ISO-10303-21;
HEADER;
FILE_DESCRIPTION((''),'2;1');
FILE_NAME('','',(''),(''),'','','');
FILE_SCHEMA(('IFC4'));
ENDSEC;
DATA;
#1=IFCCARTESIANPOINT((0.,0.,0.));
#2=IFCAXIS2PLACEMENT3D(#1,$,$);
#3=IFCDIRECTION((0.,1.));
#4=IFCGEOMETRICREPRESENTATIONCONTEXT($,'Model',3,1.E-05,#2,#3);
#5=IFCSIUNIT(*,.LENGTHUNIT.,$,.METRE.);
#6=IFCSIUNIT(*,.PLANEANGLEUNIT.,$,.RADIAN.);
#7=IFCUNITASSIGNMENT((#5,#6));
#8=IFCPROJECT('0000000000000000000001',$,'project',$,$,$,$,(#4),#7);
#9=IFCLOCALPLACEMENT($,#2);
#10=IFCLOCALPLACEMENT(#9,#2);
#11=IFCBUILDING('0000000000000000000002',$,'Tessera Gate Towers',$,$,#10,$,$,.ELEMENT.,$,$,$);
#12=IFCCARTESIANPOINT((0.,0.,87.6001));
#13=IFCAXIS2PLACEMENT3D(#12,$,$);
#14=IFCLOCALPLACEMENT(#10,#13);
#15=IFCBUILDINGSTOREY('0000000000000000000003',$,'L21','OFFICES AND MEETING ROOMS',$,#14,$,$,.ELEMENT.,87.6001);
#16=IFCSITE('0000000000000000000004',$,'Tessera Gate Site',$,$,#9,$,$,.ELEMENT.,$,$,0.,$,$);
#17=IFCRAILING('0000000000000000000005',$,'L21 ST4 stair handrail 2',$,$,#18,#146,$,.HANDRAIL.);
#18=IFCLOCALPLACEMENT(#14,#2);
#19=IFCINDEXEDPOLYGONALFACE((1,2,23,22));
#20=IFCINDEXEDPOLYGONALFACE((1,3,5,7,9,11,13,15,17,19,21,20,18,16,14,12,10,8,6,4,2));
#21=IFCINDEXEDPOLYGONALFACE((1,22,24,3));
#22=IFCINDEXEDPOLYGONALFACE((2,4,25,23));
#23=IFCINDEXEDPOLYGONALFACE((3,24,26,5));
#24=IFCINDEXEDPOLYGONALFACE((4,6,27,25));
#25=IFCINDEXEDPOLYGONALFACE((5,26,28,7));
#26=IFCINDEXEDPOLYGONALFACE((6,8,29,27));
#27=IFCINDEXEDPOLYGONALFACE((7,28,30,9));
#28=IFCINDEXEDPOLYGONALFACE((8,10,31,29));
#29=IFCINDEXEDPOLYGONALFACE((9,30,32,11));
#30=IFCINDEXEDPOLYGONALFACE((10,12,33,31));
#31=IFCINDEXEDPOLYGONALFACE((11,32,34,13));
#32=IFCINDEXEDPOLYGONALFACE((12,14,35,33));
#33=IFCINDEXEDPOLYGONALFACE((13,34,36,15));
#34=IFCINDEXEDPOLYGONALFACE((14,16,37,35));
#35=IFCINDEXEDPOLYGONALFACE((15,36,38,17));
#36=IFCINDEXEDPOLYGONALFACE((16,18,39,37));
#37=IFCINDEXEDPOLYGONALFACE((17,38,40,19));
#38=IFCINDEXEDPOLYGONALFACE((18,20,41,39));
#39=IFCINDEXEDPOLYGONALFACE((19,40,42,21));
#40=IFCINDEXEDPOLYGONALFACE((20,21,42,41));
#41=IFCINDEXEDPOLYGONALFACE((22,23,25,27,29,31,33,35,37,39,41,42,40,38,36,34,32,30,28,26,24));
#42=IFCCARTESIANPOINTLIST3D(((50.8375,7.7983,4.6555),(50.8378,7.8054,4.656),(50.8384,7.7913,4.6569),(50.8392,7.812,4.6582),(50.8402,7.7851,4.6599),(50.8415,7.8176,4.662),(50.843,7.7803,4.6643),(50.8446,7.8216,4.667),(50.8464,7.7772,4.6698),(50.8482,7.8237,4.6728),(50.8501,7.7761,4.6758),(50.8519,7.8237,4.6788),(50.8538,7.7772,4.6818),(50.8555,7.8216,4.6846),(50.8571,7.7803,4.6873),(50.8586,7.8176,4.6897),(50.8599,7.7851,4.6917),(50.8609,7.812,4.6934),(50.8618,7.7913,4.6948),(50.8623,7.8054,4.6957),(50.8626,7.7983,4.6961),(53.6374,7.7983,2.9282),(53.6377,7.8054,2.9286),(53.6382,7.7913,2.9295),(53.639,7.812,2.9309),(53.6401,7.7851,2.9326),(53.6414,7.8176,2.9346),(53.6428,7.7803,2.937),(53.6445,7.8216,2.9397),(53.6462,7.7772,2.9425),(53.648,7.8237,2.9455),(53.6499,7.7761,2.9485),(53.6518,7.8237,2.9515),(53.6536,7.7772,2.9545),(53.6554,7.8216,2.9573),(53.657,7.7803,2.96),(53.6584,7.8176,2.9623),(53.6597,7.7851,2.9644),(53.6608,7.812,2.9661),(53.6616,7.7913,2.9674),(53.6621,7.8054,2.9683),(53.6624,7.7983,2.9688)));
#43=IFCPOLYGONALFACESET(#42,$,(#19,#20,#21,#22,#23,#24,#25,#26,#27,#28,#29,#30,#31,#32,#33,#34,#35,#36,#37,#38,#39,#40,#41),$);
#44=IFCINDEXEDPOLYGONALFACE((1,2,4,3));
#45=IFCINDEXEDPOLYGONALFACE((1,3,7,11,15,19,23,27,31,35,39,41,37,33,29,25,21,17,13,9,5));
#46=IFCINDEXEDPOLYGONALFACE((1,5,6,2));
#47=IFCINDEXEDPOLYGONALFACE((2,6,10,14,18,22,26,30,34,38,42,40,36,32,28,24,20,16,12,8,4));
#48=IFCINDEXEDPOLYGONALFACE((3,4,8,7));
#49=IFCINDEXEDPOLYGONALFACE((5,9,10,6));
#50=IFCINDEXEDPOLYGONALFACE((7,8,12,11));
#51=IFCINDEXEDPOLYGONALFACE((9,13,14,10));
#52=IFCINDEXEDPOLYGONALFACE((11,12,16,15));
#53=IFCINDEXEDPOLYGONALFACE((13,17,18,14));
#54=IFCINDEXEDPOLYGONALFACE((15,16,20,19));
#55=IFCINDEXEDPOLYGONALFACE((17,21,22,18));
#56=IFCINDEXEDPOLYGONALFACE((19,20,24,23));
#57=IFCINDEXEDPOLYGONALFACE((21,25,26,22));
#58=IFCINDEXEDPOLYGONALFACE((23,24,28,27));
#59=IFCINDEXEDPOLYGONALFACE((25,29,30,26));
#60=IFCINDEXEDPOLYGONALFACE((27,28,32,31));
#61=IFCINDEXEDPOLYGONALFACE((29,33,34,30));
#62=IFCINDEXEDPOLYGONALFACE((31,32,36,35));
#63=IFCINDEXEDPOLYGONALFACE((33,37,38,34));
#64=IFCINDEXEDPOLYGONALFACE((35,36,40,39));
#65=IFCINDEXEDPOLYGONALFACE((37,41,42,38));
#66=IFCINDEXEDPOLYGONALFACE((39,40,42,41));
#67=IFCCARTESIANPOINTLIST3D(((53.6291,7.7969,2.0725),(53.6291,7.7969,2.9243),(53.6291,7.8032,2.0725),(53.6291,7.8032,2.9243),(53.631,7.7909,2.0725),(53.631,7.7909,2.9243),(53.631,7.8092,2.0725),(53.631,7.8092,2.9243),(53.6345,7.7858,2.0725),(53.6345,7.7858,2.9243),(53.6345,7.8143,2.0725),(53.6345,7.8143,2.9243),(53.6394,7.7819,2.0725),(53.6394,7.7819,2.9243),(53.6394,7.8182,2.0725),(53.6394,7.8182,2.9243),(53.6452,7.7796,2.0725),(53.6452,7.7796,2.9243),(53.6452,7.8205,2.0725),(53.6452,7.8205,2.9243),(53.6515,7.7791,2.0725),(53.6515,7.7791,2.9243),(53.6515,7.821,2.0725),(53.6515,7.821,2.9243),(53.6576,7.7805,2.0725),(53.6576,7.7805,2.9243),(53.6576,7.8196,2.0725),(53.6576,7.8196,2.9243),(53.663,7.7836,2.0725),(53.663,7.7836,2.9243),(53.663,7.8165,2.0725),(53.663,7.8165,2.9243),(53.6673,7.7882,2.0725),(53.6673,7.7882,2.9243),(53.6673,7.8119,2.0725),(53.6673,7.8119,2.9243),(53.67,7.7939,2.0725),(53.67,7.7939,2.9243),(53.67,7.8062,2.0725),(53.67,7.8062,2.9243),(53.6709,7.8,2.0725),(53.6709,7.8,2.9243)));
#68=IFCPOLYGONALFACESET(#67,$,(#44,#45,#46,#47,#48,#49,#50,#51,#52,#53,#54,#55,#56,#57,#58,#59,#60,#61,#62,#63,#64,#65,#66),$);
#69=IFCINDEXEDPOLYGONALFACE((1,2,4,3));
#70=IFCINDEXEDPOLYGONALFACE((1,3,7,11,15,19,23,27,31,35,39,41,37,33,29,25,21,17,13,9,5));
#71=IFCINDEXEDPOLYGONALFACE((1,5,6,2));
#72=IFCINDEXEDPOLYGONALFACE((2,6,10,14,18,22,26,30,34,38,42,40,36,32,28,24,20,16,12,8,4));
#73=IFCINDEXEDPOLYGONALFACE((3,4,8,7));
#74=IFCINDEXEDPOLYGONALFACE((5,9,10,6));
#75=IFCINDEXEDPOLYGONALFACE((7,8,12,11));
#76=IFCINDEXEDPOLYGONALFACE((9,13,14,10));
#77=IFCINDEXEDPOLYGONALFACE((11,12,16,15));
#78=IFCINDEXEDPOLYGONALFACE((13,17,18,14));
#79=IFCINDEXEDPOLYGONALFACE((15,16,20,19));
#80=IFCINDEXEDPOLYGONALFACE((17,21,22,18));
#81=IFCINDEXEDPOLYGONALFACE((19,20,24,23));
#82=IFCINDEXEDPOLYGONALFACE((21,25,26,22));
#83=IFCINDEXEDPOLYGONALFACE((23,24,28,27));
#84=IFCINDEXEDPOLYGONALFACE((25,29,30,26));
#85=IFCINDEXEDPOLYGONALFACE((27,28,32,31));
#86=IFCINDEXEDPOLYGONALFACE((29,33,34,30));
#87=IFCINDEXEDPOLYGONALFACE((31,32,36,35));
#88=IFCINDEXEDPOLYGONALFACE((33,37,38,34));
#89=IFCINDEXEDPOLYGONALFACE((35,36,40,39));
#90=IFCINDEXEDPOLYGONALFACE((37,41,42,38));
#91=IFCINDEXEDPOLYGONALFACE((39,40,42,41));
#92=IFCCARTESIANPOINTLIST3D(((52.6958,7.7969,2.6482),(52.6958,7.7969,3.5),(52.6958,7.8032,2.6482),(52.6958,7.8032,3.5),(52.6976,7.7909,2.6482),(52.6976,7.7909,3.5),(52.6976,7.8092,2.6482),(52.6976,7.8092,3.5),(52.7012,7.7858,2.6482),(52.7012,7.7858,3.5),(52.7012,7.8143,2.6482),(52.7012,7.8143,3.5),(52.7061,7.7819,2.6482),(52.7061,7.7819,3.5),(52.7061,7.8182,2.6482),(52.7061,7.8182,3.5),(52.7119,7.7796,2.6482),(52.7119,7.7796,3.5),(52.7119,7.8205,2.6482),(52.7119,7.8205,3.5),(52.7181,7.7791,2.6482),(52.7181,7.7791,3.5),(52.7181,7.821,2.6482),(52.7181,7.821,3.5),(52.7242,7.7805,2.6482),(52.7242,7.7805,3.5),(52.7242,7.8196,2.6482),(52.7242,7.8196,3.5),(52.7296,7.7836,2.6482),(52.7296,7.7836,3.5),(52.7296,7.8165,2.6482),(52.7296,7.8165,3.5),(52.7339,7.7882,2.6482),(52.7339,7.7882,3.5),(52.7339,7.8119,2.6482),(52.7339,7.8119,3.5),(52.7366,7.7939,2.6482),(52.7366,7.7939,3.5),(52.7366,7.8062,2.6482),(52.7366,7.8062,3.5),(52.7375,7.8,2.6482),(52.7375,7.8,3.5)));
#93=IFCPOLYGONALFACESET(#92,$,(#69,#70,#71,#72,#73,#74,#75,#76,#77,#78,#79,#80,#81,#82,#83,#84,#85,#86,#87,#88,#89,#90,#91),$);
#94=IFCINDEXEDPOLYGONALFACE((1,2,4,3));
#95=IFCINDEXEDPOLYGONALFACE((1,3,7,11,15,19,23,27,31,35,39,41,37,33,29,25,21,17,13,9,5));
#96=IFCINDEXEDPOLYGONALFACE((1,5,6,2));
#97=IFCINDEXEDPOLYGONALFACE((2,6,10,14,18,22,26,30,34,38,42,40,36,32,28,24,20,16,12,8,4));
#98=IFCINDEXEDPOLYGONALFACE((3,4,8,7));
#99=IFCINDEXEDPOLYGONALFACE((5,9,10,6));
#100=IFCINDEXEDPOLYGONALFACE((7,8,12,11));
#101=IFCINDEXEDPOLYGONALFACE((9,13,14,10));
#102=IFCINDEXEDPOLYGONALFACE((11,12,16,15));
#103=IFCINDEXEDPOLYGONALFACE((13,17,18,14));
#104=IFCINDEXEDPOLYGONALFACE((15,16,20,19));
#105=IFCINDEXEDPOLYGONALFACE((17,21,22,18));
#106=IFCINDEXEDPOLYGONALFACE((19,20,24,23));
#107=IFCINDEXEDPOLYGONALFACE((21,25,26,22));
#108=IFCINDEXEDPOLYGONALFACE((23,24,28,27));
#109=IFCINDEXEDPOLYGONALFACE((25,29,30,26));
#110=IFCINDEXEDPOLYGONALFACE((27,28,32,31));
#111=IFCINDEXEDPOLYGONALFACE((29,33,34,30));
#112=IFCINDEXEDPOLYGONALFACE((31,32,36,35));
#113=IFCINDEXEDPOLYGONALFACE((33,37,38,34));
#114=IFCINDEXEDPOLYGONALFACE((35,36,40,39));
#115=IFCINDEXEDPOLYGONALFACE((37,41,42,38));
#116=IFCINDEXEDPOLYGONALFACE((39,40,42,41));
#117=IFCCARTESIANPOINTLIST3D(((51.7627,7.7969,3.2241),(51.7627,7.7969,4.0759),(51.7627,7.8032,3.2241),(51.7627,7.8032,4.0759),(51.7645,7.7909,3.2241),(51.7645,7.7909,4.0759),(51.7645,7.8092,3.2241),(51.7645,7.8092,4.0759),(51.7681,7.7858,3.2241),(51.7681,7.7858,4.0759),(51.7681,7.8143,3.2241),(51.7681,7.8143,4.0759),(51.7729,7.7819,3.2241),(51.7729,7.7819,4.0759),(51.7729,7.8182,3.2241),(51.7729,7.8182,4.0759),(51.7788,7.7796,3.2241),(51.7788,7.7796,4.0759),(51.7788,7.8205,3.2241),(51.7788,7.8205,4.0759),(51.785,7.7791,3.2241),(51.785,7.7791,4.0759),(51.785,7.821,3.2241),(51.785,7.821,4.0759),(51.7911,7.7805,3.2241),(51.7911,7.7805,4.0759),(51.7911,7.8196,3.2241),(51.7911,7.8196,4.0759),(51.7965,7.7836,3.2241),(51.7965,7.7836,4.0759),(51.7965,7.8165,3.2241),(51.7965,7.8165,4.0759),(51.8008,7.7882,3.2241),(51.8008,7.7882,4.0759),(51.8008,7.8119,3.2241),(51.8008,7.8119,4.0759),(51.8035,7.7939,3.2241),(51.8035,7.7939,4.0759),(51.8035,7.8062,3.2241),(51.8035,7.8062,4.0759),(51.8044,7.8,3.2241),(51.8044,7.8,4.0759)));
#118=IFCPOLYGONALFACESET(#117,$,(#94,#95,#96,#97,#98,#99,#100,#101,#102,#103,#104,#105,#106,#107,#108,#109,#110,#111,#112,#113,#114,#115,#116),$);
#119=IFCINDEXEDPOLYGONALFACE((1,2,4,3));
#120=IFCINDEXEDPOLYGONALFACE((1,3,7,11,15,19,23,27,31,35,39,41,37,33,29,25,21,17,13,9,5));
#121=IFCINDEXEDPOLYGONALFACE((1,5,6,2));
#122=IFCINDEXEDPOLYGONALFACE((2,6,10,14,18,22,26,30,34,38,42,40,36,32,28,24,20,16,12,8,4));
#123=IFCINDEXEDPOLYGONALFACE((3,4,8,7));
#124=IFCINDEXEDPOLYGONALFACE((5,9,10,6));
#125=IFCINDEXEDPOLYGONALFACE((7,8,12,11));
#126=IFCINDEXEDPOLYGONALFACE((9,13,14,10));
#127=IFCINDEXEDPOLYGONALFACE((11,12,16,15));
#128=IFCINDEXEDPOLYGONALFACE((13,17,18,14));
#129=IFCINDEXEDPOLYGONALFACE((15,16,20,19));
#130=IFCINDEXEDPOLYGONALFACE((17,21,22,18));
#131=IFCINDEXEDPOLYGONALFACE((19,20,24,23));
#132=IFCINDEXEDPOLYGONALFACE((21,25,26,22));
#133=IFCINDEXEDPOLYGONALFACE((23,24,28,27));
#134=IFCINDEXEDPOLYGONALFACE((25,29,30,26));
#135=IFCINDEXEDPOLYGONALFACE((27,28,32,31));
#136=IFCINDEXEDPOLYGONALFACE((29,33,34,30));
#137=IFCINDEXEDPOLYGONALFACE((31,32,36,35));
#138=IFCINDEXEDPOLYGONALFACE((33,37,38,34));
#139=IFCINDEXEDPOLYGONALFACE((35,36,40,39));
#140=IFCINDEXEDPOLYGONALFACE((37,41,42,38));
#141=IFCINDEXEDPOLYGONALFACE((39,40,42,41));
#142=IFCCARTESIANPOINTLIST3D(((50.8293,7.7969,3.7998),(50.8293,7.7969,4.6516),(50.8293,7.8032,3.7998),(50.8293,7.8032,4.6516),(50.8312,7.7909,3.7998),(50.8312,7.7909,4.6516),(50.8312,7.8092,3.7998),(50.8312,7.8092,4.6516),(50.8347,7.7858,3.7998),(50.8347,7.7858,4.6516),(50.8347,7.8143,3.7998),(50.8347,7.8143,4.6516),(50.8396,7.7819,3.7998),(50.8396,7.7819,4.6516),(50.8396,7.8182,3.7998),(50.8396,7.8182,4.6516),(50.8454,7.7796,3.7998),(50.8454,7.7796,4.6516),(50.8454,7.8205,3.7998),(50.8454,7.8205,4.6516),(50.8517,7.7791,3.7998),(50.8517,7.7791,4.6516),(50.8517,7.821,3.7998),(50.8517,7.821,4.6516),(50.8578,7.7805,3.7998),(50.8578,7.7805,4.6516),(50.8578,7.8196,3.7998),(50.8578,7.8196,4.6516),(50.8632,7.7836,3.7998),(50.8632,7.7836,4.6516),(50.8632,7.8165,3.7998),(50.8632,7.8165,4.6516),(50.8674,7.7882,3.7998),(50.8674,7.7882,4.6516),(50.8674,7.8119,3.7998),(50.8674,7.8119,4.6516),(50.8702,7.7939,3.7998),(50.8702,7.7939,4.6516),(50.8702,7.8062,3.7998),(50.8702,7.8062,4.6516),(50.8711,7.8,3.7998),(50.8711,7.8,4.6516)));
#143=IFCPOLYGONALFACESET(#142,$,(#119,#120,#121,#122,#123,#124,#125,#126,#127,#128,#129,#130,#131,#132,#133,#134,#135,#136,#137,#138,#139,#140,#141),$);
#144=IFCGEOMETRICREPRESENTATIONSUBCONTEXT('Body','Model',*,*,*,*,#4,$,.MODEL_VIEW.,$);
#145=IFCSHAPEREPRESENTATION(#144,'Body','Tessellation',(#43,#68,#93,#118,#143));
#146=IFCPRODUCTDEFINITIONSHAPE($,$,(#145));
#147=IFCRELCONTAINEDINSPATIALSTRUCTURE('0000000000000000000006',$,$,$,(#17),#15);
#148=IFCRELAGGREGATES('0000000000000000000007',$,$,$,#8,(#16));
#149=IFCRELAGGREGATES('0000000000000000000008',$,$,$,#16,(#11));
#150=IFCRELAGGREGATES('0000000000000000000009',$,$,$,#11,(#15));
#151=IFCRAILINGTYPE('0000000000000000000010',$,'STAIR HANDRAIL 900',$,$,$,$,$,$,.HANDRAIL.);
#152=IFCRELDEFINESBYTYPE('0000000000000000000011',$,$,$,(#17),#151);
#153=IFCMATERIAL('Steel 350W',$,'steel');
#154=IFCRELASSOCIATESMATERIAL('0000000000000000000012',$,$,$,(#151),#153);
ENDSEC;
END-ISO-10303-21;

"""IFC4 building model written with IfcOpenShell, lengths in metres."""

from ifc_helpers import new_model, si_unit, direction, frame, origin, origin_2d, place, context, subcontext, project, spatial, circle, extrude, material, type_object, element, save


model = new_model("IFC4")

# Units and contexts
model_context = context("Model", 3, precision=1e-05, world=origin(), true_north=direction((0.0, 1.0)))
body_context = subcontext(model_context, "Body", "Model", "MODEL_VIEW")
ifc_project = project(units=[si_unit("LENGTHUNIT", "METRE"), si_unit("PLANEANGLEUNIT", "RADIAN")], contexts=[model_context])

# Site, building, storey
site_placement = place(None, origin())
site = spatial("IfcSite", under=ifc_project, at=site_placement, Name="Tessera Gate Site", CompositionType="ELEMENT", RefElevation=0.0)
building_placement = place(site_placement, origin())
building = spatial("IfcBuilding", under=site, at=building_placement, Name="Tessera Gate Towers", CompositionType="ELEMENT")
storey_placement = place(building_placement, frame((0.0, 0.0, 87.6001)))
storey = spatial("IfcBuildingStorey", under=building, at=storey_placement, Name="L21", Description="OFFICES AND MEETING ROOMS", CompositionType="ELEMENT", Elevation=87.6001)

# Railing
ifc_material_1 = material(Name="Steel 350W", Category="steel")
railing_type_1 = type_object("IfcRailingType", Name="STAIR HANDRAIL 900", PredefinedType="HANDRAIL", material=ifc_material_1)
railing_1_placement = place(storey_placement, frame((53.6499, 7.8, 2.0725)))
element("IfcRailing", 1, at=railing_1_placement, inside=storey, type_object=railing_type_1, Name="L21 ST4 stair handrail 2", PredefinedType="HANDRAIL", context=body_context, shape_type="SweptSolid", body=[
    extrude(circle(Radius=0.0239, at=origin_2d()), frame((0.0, 0.0, 0.876), z_axis=(-0.851069, 0.0, 0.525054), x_axis=(0.0, -1.0, 0.0)), (0.0, 0.0, 1.0), 3.2898),
    extrude(circle(Radius=0.021, at=origin_2d()), origin(), (0.0, 0.0, 1.0), 0.8518),
    extrude(circle(Radius=0.021, at=origin_2d()), frame((-0.9333, 0.0, 0.5757)), (0.0, 0.0, 1.0), 0.8518),
    extrude(circle(Radius=0.021, at=origin_2d()), frame((-1.8665, 0.0, 1.1516)), (0.0, 0.0, 1.0), 0.8518),
    extrude(circle(Radius=0.021, at=origin_2d()), frame((-2.7998, 0.0, 1.7273)), (0.0, 0.0, 1.0), 0.8518),
])

save(model, "model.ifc")
